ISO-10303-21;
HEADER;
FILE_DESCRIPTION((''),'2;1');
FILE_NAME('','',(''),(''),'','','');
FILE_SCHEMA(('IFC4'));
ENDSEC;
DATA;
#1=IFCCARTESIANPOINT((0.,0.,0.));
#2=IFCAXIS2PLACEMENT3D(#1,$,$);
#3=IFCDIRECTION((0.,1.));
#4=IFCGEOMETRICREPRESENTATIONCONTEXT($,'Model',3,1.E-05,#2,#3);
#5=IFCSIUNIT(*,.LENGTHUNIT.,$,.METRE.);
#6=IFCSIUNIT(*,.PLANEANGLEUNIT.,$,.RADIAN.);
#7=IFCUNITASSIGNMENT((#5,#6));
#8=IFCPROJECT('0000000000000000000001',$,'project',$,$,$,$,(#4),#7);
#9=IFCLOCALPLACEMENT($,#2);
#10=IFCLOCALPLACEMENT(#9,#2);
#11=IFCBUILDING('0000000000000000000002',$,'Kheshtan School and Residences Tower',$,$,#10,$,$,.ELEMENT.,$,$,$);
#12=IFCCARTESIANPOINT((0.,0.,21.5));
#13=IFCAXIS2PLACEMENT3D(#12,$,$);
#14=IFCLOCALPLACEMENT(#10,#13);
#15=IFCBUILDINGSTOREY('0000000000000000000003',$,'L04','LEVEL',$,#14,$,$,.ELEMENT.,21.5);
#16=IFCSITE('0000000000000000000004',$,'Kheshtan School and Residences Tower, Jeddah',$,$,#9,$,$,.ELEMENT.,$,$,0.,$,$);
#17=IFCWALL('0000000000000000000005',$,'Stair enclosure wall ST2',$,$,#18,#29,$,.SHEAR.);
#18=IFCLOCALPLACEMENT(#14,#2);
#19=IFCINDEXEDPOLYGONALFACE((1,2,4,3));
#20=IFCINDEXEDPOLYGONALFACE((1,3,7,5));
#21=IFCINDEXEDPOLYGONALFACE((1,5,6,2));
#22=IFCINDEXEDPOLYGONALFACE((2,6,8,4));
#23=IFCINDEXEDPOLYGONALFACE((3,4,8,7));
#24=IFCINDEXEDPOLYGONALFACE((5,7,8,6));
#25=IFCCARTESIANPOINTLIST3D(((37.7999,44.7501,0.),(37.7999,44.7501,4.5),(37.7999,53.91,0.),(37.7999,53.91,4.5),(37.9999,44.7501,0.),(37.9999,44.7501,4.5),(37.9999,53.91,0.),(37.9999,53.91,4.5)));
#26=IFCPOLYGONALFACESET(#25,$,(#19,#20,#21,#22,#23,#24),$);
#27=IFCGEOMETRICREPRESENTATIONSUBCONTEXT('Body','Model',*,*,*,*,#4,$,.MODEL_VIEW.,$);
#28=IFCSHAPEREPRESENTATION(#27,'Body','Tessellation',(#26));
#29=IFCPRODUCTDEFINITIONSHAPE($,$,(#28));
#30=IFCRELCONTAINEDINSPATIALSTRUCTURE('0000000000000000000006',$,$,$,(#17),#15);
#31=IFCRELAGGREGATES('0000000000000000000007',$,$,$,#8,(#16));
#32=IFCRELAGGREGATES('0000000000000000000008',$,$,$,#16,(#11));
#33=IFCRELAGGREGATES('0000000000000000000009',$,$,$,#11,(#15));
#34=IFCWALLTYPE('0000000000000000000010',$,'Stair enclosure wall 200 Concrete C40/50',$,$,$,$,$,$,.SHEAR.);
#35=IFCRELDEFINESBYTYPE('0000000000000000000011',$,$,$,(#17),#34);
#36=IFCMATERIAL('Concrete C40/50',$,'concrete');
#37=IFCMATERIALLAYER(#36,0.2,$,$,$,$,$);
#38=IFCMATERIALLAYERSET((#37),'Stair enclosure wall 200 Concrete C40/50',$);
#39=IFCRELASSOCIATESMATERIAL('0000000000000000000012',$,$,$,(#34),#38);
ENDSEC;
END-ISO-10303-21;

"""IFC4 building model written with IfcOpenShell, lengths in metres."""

from ifc_helpers import new_model, si_unit, direction, frame, frame_2d, origin, place, context, subcontext, project, spatial, rectangle, extrude, material, layer, layer_set, type_object, element, save


model = new_model("IFC4")

# Units and contexts
model_context = context("Model", 3, precision=1e-05, world=origin(), true_north=direction((0.0, 1.0)))
body_context = subcontext(model_context, "Body", "Model", "MODEL_VIEW")
ifc_project = project(units=[si_unit("LENGTHUNIT", "METRE"), si_unit("PLANEANGLEUNIT", "RADIAN")], contexts=[model_context])

# Site, building, storey
site_placement = place(None, origin())
site = spatial("IfcSite", under=ifc_project, at=site_placement, Name="Kheshtan School and Residences Tower, Jeddah", CompositionType="ELEMENT", RefElevation=0.0)
building_placement = place(site_placement, origin())
building = spatial("IfcBuilding", under=site, at=building_placement, Name="Kheshtan School and Residences Tower", CompositionType="ELEMENT")
storey_placement = place(building_placement, frame((0.0, 0.0, 21.5)))
storey = spatial("IfcBuildingStorey", under=building, at=storey_placement, Name="L04", Description="LEVEL", CompositionType="ELEMENT", Elevation=21.5)

# Wall
ifc_material_1 = material(Name="Concrete C40/50", Category="concrete")
ifc_layer_1 = layer(ifc_material_1, 0.2)
ifc_layer_set_1 = layer_set([ifc_layer_1], Name="Stair enclosure wall 200 Concrete C40/50")
wall_type_1 = type_object("IfcWallType", Name="Stair enclosure wall 200 Concrete C40/50", PredefinedType="SHEAR", material=ifc_layer_set_1)
wall_1_placement = place(storey_placement, frame((37.8999, 44.75, 0.0), z_axis=(0.0, 0.0, 1.0), x_axis=(0.0, 1.0, 0.0)))
element("IfcWall", 1, at=wall_1_placement, inside=storey, type_object=wall_type_1, Name="Stair enclosure wall ST2", PredefinedType="SHEAR", context=body_context, shape_type="SweptSolid", body=[
    extrude(rectangle(XDim=9.1599, YDim=0.2, at=frame_2d((4.5801, 0.0))), origin(), (0.0, 0.0, 1.0), 4.5),
])

save(model, "model.ifc")
